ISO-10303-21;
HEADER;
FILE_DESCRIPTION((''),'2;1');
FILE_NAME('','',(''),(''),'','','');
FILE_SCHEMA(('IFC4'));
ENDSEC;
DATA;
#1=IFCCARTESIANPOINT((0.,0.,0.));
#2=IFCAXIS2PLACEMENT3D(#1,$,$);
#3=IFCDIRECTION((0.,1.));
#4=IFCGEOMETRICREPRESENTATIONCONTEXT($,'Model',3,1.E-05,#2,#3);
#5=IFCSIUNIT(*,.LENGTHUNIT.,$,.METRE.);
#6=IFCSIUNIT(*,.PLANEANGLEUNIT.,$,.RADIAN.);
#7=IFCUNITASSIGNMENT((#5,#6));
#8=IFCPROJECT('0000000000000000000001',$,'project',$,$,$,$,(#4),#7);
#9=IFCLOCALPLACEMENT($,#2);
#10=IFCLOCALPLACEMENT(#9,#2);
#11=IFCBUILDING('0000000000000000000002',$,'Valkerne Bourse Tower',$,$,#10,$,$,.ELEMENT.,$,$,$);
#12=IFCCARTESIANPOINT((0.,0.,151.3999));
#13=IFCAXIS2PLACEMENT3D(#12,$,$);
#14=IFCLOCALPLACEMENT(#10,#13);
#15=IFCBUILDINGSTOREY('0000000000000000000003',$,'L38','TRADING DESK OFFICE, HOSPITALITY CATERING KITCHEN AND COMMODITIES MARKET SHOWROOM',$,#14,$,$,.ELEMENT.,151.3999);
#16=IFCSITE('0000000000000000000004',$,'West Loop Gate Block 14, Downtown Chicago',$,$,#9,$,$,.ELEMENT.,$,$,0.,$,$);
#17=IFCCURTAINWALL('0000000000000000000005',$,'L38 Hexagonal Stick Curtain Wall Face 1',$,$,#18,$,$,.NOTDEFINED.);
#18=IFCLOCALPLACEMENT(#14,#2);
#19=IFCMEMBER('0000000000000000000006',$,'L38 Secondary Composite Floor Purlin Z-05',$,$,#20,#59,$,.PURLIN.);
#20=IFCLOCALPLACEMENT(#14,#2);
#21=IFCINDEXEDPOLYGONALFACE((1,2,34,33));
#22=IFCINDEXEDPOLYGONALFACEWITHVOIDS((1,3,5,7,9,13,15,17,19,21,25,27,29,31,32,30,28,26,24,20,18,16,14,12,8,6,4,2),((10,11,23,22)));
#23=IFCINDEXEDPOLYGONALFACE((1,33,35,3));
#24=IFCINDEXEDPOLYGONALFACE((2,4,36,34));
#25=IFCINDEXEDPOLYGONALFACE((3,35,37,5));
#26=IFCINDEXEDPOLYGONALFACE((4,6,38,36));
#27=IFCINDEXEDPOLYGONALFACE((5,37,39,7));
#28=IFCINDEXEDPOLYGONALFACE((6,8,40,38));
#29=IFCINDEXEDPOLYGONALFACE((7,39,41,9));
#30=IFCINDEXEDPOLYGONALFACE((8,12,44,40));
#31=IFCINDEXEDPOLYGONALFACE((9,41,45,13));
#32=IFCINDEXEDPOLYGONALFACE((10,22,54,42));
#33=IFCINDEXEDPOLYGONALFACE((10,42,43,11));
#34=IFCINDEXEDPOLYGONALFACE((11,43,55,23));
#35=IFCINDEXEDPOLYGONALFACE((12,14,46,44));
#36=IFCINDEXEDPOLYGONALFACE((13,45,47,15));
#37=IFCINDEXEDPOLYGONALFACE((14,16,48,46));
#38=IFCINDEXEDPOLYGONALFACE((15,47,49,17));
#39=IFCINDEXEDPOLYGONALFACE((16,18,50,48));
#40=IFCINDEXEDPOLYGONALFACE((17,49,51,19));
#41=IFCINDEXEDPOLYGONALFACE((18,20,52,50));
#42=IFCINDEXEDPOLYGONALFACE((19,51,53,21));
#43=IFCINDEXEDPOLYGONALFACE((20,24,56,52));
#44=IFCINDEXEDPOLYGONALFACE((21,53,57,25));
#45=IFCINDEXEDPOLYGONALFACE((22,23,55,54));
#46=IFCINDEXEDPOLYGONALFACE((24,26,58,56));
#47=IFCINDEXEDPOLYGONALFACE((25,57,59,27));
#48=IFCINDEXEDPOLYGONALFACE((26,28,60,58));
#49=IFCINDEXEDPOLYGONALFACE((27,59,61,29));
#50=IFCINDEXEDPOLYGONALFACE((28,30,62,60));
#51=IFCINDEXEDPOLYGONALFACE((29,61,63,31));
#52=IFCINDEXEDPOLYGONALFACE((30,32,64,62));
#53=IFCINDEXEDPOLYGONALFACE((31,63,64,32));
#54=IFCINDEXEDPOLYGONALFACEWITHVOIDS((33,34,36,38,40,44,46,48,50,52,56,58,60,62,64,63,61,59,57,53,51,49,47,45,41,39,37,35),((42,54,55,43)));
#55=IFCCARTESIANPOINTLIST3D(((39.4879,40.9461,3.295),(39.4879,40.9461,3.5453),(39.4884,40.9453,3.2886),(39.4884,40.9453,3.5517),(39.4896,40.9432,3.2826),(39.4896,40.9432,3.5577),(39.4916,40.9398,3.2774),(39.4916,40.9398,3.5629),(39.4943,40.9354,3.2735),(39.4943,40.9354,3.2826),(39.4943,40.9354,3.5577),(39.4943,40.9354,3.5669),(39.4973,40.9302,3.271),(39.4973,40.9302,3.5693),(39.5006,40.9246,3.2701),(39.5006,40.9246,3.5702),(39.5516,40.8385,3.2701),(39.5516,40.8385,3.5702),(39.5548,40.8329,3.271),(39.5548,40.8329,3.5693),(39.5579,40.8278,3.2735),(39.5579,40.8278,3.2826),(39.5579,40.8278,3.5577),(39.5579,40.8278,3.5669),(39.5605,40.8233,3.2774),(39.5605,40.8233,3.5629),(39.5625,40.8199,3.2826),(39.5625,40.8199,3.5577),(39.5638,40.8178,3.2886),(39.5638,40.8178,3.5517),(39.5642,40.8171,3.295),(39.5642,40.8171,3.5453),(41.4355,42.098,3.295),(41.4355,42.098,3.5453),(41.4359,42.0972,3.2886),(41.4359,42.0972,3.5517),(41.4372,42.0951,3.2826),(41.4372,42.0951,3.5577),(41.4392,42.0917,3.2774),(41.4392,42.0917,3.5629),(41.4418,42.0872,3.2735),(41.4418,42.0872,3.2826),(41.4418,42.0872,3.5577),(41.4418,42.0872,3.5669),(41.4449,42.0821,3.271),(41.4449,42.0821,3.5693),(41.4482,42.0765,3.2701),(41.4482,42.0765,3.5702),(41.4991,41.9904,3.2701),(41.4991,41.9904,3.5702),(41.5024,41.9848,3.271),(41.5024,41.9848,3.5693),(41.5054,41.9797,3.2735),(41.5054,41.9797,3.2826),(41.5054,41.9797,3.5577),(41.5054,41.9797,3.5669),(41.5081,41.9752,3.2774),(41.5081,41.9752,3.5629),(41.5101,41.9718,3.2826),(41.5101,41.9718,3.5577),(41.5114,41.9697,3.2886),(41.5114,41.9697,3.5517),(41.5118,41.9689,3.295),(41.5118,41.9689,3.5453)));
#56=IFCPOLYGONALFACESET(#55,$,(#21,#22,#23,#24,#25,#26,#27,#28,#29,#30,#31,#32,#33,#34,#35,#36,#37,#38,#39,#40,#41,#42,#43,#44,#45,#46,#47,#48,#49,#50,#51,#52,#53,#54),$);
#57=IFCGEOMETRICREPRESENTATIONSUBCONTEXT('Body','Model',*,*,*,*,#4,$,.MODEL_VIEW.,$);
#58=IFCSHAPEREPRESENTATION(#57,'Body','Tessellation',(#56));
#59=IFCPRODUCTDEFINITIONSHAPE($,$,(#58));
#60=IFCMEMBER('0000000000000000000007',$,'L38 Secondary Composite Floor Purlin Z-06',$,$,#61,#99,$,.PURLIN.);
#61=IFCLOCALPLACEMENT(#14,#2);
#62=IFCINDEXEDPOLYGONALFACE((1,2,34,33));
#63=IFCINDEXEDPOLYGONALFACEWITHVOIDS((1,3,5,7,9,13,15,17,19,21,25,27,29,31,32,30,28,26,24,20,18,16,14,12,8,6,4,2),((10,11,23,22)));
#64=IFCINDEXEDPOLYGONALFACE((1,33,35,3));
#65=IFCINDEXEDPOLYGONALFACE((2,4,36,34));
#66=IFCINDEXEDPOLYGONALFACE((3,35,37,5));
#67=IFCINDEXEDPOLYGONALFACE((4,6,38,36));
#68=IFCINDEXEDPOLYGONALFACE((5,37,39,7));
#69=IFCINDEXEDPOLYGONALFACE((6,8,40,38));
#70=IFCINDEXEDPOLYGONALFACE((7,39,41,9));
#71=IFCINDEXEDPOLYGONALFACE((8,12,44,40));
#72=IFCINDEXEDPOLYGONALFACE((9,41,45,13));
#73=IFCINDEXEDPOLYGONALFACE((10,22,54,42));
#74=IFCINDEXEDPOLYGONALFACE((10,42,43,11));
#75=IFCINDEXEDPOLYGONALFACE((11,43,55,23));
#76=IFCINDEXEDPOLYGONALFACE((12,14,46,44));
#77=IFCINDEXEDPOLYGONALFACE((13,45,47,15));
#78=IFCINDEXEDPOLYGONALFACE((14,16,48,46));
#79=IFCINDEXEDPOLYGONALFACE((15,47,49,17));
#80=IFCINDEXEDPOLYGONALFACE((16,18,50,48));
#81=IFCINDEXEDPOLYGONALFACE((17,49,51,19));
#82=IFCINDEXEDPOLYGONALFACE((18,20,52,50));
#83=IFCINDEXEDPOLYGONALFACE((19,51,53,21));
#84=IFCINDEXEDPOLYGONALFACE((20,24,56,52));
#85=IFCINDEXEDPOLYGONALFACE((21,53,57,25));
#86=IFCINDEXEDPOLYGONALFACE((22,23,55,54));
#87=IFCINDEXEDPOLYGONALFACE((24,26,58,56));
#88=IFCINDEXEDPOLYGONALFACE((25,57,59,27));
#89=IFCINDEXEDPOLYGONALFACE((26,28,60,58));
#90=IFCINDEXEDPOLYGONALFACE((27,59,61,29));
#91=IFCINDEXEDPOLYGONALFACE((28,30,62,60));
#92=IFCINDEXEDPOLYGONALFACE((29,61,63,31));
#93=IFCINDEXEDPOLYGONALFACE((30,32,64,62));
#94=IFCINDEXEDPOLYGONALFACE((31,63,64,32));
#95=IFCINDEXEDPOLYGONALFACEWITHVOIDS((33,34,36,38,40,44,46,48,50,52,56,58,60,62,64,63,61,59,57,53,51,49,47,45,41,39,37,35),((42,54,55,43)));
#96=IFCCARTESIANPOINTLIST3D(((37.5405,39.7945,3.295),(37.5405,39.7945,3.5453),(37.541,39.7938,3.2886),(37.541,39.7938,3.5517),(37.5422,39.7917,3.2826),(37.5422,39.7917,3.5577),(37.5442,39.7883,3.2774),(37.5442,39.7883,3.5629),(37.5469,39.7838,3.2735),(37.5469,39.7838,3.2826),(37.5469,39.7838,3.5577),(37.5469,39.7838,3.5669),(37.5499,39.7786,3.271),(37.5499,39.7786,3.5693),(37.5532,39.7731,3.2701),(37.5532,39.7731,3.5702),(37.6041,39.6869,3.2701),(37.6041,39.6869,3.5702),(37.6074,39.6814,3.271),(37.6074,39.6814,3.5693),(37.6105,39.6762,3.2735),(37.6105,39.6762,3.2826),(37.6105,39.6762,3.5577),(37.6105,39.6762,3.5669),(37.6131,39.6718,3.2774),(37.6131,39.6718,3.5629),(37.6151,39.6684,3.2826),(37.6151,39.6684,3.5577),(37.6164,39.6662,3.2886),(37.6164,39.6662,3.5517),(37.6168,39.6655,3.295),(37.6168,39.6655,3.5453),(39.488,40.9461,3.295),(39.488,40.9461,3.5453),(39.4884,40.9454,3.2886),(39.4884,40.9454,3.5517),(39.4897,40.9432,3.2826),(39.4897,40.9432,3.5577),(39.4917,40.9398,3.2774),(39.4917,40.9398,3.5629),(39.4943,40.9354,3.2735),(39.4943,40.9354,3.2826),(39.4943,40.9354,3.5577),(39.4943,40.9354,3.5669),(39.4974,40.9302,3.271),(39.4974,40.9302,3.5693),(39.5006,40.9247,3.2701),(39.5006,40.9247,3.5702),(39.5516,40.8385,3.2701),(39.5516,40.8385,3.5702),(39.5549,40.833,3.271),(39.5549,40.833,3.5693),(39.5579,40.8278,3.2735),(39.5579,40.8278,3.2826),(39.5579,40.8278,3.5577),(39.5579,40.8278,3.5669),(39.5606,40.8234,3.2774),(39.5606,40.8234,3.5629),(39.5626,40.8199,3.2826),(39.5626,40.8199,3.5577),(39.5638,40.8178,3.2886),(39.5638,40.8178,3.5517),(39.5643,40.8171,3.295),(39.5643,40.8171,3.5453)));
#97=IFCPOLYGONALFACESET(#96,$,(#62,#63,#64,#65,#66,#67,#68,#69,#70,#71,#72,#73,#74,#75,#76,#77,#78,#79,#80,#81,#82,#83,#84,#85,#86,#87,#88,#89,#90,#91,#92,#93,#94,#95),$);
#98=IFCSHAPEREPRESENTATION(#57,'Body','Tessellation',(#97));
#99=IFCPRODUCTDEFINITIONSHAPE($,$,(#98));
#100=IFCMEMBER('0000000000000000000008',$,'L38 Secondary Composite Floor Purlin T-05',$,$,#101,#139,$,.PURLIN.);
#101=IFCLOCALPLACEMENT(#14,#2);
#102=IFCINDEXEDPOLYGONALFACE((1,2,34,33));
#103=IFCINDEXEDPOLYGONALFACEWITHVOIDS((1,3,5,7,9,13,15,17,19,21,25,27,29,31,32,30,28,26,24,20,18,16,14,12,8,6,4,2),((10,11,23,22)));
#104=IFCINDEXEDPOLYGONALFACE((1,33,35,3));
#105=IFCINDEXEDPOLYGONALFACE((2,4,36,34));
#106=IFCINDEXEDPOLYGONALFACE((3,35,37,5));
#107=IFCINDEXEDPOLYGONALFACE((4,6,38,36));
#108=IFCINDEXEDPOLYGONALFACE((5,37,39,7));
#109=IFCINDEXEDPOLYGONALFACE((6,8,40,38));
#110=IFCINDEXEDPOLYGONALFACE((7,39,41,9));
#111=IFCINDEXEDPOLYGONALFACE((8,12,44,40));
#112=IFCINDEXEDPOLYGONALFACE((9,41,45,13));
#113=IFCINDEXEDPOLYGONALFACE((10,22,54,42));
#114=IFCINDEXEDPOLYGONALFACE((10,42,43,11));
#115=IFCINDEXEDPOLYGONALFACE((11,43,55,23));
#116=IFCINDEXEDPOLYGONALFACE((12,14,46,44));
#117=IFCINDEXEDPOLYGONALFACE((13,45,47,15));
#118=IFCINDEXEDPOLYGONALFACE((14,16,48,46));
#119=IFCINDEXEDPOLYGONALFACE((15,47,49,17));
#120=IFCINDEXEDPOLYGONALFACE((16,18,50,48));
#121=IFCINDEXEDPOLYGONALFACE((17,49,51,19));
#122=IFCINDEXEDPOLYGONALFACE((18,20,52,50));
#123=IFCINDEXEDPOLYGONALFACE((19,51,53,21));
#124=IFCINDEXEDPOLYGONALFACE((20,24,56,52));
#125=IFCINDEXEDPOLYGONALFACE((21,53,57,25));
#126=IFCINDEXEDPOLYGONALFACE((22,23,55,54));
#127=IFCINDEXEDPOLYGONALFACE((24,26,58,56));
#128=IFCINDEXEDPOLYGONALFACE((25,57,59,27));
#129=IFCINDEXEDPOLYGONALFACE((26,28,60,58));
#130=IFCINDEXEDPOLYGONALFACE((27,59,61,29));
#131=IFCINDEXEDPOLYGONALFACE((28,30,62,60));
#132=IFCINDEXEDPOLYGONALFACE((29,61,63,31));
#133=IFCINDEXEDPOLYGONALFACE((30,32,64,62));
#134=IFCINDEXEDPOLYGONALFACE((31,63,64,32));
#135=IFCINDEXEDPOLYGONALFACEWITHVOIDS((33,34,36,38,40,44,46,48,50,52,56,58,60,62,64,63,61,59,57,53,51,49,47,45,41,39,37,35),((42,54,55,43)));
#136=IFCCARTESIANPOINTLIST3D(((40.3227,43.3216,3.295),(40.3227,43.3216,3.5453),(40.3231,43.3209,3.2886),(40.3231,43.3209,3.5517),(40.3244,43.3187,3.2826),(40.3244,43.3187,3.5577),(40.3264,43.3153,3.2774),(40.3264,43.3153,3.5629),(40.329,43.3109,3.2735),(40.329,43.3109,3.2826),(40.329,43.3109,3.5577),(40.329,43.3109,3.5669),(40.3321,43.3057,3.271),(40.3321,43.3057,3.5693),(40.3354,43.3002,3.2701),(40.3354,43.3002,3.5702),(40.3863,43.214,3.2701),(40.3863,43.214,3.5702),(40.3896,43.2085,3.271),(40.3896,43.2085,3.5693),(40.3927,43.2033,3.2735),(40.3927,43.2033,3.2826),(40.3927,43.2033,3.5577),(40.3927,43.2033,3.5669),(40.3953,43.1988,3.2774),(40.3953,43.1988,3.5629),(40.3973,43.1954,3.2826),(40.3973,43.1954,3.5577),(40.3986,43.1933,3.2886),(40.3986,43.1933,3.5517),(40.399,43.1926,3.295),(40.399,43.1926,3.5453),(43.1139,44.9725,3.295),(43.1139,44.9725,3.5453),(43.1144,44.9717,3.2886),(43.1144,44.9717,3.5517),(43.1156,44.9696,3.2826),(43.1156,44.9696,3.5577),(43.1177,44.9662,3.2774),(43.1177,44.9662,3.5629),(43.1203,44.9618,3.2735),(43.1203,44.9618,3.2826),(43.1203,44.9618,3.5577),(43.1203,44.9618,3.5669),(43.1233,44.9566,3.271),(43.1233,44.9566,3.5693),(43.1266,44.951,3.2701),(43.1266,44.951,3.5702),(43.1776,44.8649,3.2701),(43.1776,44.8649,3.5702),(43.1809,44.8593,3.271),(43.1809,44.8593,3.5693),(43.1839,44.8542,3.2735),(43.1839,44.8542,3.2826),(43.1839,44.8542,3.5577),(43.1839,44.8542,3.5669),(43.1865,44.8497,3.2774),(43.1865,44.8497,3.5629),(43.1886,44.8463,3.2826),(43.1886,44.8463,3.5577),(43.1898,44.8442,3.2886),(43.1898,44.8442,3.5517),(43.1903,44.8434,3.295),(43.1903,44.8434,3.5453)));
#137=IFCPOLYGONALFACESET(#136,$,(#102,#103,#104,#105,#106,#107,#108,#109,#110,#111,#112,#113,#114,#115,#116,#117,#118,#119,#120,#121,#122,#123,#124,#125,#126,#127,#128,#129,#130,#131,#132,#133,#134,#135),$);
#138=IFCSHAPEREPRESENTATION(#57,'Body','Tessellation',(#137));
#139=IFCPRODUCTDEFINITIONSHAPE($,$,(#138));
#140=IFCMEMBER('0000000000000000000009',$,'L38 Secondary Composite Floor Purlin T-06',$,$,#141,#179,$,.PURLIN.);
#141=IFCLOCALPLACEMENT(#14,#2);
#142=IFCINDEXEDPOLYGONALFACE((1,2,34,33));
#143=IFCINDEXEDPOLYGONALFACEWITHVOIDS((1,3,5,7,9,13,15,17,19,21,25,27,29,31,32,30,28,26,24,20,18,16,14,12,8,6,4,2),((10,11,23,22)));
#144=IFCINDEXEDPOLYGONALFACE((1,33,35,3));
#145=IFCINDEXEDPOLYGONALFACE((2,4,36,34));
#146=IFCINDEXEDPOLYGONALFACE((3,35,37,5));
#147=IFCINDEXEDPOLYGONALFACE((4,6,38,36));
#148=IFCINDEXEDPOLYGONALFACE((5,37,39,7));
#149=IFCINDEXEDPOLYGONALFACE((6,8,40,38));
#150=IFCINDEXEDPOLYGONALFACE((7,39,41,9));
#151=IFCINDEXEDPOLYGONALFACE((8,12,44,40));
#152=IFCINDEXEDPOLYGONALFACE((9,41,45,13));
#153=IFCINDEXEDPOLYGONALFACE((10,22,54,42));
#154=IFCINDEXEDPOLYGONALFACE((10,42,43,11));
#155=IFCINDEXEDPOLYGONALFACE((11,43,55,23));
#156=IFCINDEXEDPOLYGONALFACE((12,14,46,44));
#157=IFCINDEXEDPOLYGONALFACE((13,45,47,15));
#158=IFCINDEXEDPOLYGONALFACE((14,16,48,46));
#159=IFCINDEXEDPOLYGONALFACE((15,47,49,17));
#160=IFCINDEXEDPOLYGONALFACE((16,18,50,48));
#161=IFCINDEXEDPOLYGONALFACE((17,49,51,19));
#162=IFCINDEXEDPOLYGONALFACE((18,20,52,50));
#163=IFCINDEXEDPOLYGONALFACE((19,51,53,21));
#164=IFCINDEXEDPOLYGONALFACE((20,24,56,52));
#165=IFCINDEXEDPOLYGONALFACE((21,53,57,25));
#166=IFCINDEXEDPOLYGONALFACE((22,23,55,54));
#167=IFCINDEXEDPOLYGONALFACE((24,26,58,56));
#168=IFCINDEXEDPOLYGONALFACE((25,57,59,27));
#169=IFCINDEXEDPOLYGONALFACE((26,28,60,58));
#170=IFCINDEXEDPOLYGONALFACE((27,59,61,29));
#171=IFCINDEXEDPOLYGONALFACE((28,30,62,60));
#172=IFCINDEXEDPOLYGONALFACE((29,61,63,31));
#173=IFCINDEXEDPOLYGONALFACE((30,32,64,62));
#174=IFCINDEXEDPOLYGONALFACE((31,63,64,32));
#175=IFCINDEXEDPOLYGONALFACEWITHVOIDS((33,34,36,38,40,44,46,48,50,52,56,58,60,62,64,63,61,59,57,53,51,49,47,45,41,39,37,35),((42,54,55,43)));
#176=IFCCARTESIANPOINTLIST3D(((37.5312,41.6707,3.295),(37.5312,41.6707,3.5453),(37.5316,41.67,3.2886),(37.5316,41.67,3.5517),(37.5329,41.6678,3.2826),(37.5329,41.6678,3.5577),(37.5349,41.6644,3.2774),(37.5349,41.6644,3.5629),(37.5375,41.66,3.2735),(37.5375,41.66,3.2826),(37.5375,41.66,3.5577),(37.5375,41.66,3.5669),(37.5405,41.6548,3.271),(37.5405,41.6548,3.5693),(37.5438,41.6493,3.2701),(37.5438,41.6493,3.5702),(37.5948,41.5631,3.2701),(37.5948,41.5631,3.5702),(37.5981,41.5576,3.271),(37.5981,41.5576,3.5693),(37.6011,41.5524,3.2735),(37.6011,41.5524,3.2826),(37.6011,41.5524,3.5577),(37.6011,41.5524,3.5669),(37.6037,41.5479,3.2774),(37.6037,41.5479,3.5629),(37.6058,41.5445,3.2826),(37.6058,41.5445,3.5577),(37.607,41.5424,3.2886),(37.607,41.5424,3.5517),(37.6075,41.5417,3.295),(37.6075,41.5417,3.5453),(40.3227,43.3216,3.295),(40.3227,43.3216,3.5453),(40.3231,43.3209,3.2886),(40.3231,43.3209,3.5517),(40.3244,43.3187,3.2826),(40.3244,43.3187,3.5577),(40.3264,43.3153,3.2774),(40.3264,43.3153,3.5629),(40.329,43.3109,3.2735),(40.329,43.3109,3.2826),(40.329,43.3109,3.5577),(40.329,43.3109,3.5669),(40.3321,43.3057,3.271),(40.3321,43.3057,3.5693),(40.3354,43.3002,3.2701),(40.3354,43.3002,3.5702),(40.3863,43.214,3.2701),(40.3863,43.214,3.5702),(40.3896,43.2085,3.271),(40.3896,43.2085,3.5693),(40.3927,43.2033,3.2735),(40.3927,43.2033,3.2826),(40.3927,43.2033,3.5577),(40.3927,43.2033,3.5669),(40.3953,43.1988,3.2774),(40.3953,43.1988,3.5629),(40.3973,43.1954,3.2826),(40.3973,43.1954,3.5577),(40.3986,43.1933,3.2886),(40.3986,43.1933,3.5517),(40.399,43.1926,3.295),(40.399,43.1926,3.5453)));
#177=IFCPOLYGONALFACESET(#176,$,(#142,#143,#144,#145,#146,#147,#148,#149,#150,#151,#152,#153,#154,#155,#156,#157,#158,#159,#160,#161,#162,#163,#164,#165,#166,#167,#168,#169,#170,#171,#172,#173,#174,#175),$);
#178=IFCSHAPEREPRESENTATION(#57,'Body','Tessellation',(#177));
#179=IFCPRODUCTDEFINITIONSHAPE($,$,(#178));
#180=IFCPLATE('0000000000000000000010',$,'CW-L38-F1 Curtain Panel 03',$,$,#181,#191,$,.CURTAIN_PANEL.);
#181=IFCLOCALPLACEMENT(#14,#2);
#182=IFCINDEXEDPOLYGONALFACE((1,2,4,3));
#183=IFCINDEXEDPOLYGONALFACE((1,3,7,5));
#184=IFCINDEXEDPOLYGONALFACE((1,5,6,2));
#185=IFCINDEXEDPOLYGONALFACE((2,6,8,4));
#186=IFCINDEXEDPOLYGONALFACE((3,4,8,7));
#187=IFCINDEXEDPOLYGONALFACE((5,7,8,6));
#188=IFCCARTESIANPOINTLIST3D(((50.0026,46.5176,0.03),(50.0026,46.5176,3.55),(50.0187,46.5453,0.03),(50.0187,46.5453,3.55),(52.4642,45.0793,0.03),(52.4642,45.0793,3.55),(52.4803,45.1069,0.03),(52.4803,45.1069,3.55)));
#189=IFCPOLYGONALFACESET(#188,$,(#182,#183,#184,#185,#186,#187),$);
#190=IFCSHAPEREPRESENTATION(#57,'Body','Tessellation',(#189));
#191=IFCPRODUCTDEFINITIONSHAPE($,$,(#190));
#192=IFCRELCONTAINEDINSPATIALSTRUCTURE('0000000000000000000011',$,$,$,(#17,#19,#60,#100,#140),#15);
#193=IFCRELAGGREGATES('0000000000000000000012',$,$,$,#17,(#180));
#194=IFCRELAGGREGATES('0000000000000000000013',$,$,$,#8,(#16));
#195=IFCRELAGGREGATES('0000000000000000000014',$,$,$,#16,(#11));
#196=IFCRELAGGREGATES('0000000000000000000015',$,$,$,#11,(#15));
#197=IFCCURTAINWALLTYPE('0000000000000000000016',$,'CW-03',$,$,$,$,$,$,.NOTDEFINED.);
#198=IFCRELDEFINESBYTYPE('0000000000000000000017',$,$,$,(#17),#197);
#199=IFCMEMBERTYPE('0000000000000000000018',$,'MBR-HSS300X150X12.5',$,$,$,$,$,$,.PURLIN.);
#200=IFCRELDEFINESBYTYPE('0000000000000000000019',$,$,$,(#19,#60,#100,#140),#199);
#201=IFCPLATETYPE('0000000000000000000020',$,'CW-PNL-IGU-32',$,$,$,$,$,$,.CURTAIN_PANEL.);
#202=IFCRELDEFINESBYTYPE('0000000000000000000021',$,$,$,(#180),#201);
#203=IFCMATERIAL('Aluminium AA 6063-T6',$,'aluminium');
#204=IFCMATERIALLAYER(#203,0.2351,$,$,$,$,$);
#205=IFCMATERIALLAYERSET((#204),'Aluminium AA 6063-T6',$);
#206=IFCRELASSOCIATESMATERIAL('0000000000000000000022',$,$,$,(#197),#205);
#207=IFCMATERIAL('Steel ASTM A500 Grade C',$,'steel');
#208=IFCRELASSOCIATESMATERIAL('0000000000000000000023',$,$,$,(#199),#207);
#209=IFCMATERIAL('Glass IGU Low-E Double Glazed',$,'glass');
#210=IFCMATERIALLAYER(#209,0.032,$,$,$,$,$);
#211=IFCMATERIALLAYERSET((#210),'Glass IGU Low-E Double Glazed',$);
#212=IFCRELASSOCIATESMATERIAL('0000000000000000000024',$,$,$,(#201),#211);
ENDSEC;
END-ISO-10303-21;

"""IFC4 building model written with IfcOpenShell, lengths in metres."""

from ifc_helpers import new_model, si_unit, direction, frame, origin, origin_2d, place, context, subcontext, project, spatial, rectangle, hollow_rectangle, extrude, material, layer, layer_set, material_profile, profile_set, type_object, element, aggregate, save


model = new_model("IFC4")

# Units and contexts
model_context = context("Model", 3, precision=1e-05, world=origin(), true_north=direction((0.0, 1.0)))
body_context = subcontext(model_context, "Body", "Model", "MODEL_VIEW")
ifc_project = project(units=[si_unit("LENGTHUNIT", "METRE"), si_unit("PLANEANGLEUNIT", "RADIAN")], contexts=[model_context])

# Site, building, storey
site_placement = place(None, origin())
site = spatial("IfcSite", under=ifc_project, at=site_placement, Name="West Loop Gate Block 14, Downtown Chicago", CompositionType="ELEMENT", RefElevation=0.0)
building_placement = place(site_placement, origin())
building = spatial("IfcBuilding", under=site, at=building_placement, Name="Valkerne Bourse Tower", CompositionType="ELEMENT")
storey_placement = place(building_placement, frame((0.0, 0.0, 151.3999)))
storey = spatial("IfcBuildingStorey", under=building, at=storey_placement, Name="L38", Description="TRADING DESK OFFICE, HOSPITALITY CATERING KITCHEN AND COMMODITIES MARKET SHOWROOM", CompositionType="ELEMENT", Elevation=151.3999)

# Curtain wall
ifc_material_1 = material(Name="Aluminium AA 6063-T6", Category="aluminium")
ifc_layer_1 = layer(ifc_material_1, 0.2351)
ifc_layer_set_1 = layer_set([ifc_layer_1], Name="Aluminium AA 6063-T6")
curtain_wall_type = type_object("IfcCurtainWallType", Name="CW-03", PredefinedType="NOTDEFINED", material=ifc_layer_set_1)
curtain_wall_1_placement = place(storey_placement, origin())
curtain_wall_1 = element("IfcCurtainWall", 1, at=curtain_wall_1_placement, inside=storey, type_object=curtain_wall_type, Name="L38 Hexagonal Stick Curtain Wall Face 1", PredefinedType="NOTDEFINED")

# Members
ifc_material_2 = material(Name="Steel ASTM A500 Grade C", Category="steel")
ifc_material_profile_1 = material_profile(ifc_material_2, hollow_rectangle(XDim=0.1499, YDim=0.3, WallThickness=0.0125, OuterFilletRadius=0.0249, at=origin_2d()), Name="HSS300X150X12.5")
ifc_profile_set_1 = profile_set([ifc_material_profile_1], Name="Steel ASTM A500 Grade C")
member_type_1 = type_object("IfcMemberType", Name="MBR-HSS300X150X12.5", PredefinedType="PURLIN", material=ifc_profile_set_1)
member_1_placement = place(storey_placement, frame((41.4736, 42.0334, 3.4202), z_axis=(-0.860722, -0.509075, 0.0), x_axis=(0.509075, -0.860722, 0.0)))
element("IfcMember", 2, at=member_1_placement, inside=storey, type_object=member_type_1, Name="L38 Secondary Composite Floor Purlin Z-05", PredefinedType="PURLIN", context=body_context, shape_type="SweptSolid", body=[
    extrude(hollow_rectangle(XDim=0.1499, YDim=0.3, WallThickness=0.0125, OuterFilletRadius=0.0249, at=origin_2d()), origin(), (0.0, 0.0, 1.0), 2.2627),
])
member_2_placement = place(storey_placement, frame((39.5261, 40.8816, 3.4202), z_axis=(-0.86077, -0.508995, 0.0), x_axis=(0.508995, -0.86077, 0.0)))
element("IfcMember", 3, at=member_2_placement, inside=storey, type_object=member_type_1, Name="L38 Secondary Composite Floor Purlin Z-06", PredefinedType="PURLIN", context=body_context, shape_type="SweptSolid", body=[
    extrude(hollow_rectangle(XDim=0.1499, YDim=0.3, WallThickness=0.0125, OuterFilletRadius=0.0249, at=origin_2d()), origin(), (0.0, 0.0, 1.0), 2.2625),
])
member_3_placement = place(storey_placement, frame((43.1521, 44.908, 3.4202), z_axis=(-0.860724, -0.509072, 0.0), x_axis=(0.509072, -0.860724, 0.0)))
element("IfcMember", 4, at=member_3_placement, inside=storey, type_object=member_type_1, Name="L38 Secondary Composite Floor Purlin T-05", PredefinedType="PURLIN", context=body_context, shape_type="SweptSolid", body=[
    extrude(hollow_rectangle(XDim=0.1499, YDim=0.3, WallThickness=0.0125, OuterFilletRadius=0.0249, at=origin_2d()), origin(), (0.0, 0.0, 1.0), 3.2429),
])
member_4_placement = place(storey_placement, frame((40.3608, 43.2571, 3.4202), z_axis=(-0.860744, -0.509039, 0.0), x_axis=(0.509039, -0.860744, 0.0)))
element("IfcMember", 5, at=member_4_placement, inside=storey, type_object=member_type_1, Name="L38 Secondary Composite Floor Purlin T-06", PredefinedType="PURLIN", context=body_context, shape_type="SweptSolid", body=[
    extrude(hollow_rectangle(XDim=0.1499, YDim=0.3, WallThickness=0.0125, OuterFilletRadius=0.0249, at=origin_2d()), origin(), (0.0, 0.0, 1.0), 3.2432),
])

# Plate
ifc_material_3 = material(Name="Glass IGU Low-E Double Glazed", Category="glass")
ifc_layer_2 = layer(ifc_material_3, 0.032)
ifc_layer_set_2 = layer_set([ifc_layer_2], Name="Glass IGU Low-E Double Glazed")
plate_type = type_object("IfcPlateType", Name="CW-PNL-IGU-32", PredefinedType="CURTAIN_PANEL", material=ifc_layer_set_2)
plate_1_placement = place(storey_placement, frame((51.2415, 45.8123, 0.03), z_axis=(0.0, 0.0, 1.0), x_axis=(-0.863406, 0.504509, 0.0)))
plate_1 = element("IfcPlate", 6, at=plate_1_placement, type_object=plate_type, Name="CW-L38-F1 Curtain Panel 03", PredefinedType="CURTAIN_PANEL", context=body_context, shape_type="SweptSolid", body=[
    extrude(rectangle(XDim=2.8511, YDim=0.032, at=origin_2d()), origin(), (0.0, 0.0, 1.0), 3.52),
])
aggregate(curtain_wall_1, [plate_1])

save(model, "model.ifc")
